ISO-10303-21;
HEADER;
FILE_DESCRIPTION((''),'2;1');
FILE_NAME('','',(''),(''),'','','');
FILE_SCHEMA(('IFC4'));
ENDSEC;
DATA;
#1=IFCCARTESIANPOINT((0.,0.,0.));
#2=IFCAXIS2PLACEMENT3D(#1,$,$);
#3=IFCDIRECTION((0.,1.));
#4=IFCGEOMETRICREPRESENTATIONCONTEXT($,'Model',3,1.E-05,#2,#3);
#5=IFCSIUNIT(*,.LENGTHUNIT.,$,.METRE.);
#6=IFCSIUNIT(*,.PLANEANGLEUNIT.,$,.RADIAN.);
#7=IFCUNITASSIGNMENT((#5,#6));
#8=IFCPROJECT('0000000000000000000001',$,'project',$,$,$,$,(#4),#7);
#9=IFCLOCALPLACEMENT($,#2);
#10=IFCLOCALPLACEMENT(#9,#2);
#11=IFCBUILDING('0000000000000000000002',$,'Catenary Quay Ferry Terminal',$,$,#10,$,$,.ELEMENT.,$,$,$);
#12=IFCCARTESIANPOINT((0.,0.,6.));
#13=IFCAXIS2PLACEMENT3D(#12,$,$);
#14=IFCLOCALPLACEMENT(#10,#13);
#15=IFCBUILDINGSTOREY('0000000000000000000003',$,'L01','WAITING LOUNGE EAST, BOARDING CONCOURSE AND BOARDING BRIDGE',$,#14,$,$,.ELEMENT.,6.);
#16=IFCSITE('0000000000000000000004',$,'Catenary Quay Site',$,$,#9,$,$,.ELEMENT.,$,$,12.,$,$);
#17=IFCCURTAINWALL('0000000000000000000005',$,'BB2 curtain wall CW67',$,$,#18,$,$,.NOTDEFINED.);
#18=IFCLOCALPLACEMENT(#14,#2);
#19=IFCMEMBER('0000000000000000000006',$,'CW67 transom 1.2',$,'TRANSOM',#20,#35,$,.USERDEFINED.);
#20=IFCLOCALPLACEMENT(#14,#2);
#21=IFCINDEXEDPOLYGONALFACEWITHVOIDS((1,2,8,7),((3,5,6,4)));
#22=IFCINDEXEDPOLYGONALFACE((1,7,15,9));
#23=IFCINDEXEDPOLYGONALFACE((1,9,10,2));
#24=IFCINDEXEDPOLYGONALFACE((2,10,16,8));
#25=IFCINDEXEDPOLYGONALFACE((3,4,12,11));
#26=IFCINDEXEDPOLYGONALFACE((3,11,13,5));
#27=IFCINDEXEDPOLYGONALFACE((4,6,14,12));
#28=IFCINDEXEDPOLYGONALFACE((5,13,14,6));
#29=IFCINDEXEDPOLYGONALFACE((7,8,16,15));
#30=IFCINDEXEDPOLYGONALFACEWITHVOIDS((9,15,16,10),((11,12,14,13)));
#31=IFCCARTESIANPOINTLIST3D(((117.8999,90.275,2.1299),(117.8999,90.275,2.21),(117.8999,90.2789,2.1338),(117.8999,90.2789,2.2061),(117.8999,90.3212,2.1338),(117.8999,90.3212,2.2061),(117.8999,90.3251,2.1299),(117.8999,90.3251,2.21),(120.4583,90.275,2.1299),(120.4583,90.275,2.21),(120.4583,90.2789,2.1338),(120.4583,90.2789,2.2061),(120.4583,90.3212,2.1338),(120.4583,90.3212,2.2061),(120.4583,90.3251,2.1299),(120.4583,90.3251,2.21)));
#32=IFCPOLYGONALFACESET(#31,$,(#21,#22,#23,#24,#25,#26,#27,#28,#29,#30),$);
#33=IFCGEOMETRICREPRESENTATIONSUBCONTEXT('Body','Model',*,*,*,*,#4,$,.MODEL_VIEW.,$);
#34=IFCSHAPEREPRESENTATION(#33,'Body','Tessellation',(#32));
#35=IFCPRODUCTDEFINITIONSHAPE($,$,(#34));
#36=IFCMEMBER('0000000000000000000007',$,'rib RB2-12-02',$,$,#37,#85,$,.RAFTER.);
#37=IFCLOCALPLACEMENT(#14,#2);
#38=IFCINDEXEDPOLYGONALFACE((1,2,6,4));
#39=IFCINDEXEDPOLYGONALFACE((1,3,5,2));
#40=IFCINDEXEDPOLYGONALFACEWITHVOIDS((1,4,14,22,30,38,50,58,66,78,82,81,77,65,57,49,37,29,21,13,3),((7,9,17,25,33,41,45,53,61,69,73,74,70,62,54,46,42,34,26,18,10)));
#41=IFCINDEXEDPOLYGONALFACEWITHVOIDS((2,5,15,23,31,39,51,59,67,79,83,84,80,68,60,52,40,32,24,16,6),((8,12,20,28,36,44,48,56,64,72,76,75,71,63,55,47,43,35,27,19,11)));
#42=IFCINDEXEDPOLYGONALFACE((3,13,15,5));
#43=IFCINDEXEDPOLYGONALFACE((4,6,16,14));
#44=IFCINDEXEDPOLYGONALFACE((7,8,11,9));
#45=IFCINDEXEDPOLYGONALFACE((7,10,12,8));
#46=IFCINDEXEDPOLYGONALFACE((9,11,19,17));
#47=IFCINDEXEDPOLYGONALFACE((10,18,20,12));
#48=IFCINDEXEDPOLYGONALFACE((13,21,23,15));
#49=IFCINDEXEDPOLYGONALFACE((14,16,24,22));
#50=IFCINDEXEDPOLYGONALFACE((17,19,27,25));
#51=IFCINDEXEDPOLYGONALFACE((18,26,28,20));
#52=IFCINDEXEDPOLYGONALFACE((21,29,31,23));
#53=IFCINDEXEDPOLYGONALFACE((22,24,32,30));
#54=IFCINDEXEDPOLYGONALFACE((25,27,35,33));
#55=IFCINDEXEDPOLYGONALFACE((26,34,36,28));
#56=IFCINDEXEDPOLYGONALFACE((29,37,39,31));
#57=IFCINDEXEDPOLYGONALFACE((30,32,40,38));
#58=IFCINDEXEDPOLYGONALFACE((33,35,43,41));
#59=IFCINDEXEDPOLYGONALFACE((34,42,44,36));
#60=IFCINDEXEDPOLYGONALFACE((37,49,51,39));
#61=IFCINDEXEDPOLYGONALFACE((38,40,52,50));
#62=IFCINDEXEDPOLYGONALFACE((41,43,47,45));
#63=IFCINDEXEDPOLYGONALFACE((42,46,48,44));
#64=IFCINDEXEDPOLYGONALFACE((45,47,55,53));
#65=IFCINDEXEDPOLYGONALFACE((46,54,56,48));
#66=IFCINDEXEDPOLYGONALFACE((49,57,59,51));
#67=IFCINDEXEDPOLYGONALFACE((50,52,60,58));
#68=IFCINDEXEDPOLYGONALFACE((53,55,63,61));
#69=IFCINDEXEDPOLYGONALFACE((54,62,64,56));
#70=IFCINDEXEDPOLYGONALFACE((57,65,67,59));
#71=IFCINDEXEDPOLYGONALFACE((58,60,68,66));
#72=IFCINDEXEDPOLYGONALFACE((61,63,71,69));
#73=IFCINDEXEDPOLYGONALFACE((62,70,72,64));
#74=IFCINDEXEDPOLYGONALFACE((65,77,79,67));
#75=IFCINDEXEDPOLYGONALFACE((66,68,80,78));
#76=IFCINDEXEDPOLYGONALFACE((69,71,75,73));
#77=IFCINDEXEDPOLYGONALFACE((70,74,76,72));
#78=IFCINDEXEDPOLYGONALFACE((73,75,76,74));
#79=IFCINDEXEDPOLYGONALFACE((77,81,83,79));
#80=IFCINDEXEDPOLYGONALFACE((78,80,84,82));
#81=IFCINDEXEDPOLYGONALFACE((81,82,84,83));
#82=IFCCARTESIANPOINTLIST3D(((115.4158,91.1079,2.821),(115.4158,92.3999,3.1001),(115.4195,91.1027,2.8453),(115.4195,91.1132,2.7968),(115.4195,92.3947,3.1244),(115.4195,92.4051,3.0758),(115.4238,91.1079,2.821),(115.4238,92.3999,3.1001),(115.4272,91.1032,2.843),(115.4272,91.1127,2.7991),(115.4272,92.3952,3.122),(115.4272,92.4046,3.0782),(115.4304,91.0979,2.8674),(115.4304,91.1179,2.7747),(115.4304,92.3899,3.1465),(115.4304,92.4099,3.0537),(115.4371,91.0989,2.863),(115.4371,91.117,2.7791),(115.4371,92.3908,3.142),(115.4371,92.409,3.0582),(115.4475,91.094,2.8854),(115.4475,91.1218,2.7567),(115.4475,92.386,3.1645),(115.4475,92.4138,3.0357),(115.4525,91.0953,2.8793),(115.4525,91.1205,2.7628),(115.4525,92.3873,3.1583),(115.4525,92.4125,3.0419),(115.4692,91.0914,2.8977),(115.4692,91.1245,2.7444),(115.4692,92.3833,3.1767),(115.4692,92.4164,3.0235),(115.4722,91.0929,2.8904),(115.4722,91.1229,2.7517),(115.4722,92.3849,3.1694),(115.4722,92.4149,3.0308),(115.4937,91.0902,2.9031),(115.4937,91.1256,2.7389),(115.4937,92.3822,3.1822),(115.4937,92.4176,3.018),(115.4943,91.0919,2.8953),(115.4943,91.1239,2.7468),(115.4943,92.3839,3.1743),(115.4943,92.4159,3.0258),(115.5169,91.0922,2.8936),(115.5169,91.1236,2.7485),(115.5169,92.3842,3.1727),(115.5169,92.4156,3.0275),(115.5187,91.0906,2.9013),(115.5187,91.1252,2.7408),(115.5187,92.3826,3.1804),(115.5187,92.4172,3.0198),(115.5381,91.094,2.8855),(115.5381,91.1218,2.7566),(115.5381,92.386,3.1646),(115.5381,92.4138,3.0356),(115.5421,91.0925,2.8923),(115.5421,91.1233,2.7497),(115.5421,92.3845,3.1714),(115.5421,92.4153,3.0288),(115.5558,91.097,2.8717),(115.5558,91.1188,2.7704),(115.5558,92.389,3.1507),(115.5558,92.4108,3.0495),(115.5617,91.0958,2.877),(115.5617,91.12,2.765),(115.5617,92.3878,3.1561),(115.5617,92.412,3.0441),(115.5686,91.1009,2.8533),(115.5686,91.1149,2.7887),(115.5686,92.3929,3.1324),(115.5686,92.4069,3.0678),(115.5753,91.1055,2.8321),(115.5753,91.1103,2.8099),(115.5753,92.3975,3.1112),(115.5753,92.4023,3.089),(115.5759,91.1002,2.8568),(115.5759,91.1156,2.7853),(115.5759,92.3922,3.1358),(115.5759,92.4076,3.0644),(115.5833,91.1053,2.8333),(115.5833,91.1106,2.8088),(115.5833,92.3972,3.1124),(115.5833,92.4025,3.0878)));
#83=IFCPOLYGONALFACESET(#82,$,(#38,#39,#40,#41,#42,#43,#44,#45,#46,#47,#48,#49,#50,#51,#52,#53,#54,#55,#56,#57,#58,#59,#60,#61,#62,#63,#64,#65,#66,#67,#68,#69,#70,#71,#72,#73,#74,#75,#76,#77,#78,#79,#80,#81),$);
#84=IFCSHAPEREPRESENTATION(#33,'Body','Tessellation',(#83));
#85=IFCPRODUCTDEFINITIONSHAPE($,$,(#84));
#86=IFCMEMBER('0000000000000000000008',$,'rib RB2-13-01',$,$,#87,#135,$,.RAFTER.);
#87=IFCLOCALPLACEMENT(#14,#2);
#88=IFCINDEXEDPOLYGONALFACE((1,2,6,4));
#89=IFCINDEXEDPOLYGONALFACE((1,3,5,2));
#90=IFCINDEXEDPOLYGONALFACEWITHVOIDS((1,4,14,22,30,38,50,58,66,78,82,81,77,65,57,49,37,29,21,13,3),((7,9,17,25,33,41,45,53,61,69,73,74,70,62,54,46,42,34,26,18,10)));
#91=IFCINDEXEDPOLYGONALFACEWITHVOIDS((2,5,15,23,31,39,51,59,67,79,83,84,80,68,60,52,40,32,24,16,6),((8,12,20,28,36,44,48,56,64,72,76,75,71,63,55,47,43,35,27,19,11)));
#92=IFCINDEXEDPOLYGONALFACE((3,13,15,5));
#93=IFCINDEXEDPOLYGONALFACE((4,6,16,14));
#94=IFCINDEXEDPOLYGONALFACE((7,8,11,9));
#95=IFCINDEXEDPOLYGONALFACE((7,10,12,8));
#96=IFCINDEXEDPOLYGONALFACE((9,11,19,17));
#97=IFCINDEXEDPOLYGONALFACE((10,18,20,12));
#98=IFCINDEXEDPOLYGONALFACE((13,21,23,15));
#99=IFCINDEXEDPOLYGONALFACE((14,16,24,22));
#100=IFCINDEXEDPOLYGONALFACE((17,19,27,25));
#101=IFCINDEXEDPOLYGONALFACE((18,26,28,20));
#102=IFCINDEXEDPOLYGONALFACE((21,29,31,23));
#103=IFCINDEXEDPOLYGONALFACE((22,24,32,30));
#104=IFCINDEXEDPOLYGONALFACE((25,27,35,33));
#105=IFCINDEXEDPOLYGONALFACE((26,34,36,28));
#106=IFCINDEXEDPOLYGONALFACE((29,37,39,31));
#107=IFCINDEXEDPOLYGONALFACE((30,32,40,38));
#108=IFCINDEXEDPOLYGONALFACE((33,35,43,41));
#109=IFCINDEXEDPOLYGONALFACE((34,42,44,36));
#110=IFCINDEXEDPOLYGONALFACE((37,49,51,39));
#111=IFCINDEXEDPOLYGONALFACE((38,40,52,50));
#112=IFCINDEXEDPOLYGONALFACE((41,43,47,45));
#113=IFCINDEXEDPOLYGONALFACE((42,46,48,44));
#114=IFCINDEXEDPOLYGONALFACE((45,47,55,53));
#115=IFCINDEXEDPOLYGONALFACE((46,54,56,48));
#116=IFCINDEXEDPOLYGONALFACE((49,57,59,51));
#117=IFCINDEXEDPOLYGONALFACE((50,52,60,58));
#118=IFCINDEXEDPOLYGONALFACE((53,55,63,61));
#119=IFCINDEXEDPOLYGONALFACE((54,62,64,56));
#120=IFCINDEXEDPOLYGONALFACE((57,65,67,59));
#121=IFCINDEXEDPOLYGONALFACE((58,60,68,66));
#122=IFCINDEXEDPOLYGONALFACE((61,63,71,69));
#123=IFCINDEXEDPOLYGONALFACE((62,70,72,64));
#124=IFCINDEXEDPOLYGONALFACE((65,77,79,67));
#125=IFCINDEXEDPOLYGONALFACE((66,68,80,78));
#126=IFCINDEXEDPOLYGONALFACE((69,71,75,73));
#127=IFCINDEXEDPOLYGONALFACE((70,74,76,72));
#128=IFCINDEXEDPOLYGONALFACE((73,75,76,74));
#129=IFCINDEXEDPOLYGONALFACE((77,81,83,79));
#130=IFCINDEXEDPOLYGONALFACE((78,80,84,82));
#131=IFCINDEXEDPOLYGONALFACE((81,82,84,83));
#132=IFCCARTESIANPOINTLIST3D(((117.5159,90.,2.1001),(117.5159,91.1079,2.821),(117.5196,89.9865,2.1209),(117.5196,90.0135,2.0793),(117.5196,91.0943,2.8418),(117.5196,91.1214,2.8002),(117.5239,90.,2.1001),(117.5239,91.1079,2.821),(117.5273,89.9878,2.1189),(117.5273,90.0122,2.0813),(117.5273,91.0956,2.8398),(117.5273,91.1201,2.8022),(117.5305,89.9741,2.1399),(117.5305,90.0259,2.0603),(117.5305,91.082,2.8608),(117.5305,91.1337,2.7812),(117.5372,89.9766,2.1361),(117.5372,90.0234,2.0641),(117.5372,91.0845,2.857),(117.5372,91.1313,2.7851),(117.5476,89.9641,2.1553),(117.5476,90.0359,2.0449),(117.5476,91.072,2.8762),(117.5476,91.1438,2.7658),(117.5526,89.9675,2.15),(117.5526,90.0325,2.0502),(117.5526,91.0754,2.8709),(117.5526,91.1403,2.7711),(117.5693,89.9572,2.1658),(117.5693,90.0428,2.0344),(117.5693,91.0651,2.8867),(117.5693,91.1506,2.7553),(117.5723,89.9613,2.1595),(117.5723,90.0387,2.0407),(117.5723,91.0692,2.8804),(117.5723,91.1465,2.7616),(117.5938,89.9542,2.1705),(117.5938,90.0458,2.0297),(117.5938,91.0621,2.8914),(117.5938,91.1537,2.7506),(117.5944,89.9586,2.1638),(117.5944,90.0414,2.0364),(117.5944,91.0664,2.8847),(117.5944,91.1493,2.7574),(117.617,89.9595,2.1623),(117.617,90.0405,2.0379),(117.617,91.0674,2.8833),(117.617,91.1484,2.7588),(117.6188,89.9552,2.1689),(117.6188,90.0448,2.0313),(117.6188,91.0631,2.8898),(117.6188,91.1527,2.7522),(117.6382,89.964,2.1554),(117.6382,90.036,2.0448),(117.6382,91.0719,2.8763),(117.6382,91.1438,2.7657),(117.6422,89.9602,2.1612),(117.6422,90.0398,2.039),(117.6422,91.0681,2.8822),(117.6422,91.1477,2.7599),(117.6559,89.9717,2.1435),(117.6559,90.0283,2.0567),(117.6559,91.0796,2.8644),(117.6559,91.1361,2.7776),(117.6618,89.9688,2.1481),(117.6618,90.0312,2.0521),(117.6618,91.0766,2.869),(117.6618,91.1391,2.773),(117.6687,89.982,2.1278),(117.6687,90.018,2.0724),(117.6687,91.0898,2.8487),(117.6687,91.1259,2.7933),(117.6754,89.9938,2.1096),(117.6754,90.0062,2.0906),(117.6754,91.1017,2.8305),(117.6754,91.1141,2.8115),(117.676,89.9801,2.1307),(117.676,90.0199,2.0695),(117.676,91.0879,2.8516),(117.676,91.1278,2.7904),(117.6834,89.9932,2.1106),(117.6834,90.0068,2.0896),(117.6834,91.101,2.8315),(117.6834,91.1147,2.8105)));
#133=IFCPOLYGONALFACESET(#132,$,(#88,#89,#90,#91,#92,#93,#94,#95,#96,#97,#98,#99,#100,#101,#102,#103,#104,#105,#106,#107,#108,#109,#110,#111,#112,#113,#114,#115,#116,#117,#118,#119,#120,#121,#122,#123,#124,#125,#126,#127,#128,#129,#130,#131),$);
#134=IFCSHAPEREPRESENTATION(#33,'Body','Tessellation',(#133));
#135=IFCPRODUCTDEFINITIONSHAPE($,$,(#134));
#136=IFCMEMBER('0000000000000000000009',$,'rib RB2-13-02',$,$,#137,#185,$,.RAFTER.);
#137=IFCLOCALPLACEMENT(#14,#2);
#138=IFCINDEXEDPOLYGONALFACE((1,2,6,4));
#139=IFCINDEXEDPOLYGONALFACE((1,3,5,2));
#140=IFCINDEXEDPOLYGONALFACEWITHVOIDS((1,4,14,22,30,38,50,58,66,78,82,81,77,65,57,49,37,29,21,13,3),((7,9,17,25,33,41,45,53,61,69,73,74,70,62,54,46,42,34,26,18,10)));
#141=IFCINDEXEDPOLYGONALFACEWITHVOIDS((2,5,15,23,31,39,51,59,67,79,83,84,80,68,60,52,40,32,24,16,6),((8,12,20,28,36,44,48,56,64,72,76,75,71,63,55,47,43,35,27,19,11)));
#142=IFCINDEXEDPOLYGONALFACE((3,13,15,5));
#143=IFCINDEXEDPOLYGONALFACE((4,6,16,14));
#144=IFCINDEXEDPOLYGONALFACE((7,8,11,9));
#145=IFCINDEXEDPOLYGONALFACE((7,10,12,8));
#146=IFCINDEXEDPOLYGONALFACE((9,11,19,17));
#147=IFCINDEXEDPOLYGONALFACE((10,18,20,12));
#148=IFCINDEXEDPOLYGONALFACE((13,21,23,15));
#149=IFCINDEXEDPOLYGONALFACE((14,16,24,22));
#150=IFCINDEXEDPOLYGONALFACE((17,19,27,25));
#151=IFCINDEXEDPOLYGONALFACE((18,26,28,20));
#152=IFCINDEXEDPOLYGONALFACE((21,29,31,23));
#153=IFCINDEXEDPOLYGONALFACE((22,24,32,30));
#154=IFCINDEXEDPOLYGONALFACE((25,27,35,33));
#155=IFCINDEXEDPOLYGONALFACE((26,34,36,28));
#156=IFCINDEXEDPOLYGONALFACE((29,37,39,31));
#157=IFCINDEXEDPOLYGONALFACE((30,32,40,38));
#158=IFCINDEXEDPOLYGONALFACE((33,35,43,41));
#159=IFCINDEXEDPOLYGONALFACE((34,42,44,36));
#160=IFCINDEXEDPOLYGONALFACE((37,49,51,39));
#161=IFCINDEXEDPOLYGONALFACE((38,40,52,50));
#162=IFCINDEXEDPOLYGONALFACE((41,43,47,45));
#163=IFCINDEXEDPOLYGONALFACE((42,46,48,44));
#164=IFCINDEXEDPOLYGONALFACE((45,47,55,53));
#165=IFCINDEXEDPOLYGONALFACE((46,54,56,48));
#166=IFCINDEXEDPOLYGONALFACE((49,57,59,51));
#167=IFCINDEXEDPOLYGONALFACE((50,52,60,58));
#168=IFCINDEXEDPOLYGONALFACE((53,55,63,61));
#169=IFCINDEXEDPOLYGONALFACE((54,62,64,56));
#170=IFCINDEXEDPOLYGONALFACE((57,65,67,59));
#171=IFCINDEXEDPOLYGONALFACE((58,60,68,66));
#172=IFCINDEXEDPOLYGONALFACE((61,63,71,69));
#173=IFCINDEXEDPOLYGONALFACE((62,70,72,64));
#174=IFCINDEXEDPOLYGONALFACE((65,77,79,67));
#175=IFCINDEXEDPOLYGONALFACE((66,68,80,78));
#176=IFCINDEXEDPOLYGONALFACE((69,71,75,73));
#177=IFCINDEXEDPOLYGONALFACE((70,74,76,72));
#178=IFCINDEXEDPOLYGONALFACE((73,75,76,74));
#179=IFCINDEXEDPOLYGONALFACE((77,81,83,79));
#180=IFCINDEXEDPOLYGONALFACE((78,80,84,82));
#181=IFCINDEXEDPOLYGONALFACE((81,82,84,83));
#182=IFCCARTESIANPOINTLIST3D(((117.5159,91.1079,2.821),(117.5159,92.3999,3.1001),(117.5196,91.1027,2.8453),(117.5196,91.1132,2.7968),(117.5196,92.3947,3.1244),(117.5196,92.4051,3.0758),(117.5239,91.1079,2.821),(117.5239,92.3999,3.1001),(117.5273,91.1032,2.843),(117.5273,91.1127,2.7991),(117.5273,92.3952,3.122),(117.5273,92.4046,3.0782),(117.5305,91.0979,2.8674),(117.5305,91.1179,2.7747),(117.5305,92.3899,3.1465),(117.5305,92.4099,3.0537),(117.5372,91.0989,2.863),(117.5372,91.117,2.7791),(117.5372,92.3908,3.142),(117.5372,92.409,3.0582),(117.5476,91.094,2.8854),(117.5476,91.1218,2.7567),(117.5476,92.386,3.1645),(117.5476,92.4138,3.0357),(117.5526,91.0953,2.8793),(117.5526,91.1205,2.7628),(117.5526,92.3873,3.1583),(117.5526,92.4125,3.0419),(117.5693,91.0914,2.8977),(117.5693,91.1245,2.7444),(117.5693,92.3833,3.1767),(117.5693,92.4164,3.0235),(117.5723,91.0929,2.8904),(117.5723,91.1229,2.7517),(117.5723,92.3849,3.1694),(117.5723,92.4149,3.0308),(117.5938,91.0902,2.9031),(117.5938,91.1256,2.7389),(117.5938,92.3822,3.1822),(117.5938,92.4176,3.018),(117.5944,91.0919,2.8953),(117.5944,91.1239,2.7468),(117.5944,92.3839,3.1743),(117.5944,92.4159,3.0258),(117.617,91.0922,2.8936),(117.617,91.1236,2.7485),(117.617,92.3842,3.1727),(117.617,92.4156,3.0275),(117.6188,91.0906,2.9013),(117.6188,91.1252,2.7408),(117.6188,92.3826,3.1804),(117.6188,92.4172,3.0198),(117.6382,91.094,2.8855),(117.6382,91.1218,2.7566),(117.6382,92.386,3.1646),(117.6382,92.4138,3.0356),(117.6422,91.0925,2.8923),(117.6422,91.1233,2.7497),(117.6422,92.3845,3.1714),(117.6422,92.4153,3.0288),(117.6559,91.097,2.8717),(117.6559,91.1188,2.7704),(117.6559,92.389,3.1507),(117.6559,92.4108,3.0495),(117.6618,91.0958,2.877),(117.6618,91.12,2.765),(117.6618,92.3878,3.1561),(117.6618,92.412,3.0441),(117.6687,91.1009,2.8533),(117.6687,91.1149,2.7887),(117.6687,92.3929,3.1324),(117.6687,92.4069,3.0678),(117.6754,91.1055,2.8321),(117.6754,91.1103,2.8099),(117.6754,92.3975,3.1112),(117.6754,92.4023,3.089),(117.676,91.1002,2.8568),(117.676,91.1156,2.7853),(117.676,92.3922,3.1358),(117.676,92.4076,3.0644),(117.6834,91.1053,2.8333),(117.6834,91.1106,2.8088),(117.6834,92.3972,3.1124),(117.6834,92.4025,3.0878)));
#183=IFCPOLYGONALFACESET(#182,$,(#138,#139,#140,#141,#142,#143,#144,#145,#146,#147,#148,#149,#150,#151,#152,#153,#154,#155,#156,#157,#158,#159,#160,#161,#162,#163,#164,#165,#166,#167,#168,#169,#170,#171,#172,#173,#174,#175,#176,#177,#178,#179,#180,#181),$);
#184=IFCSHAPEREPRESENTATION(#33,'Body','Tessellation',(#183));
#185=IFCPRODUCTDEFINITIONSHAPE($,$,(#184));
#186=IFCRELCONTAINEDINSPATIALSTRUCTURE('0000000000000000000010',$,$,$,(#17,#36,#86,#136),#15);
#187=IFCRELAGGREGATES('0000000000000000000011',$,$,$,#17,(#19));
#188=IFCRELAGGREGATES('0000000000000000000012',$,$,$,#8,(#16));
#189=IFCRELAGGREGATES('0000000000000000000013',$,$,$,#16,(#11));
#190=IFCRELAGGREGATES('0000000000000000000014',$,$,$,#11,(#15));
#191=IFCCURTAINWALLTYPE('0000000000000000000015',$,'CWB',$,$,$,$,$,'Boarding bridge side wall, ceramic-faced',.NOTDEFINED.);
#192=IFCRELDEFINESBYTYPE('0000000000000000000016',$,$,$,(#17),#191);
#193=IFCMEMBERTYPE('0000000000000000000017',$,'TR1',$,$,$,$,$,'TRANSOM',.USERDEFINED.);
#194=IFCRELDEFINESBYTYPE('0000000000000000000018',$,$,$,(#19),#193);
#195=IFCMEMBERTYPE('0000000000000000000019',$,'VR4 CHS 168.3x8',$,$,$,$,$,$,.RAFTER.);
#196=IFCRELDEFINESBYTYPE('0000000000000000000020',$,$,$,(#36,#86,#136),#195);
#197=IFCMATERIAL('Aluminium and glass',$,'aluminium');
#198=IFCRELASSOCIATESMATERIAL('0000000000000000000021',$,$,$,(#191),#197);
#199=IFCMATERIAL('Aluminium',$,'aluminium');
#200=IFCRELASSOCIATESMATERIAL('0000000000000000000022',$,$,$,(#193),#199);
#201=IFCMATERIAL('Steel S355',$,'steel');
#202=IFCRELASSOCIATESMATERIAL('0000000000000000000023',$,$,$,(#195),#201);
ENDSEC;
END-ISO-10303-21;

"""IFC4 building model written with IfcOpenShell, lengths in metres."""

from ifc_helpers import new_model, si_unit, direction, frame, origin, origin_2d, place, context, subcontext, project, spatial, hollow_rectangle, hollow_circle, extrude, material, material_profile, profile_set, type_object, element, aggregate, save


model = new_model("IFC4")

# Units and contexts
model_context = context("Model", 3, precision=1e-05, world=origin(), true_north=direction((0.0, 1.0)))
body_context = subcontext(model_context, "Body", "Model", "MODEL_VIEW")
ifc_project = project(units=[si_unit("LENGTHUNIT", "METRE"), si_unit("PLANEANGLEUNIT", "RADIAN")], contexts=[model_context])

# Site, building, storey
site_placement = place(None, origin())
site = spatial("IfcSite", under=ifc_project, at=site_placement, Name="Catenary Quay Site", CompositionType="ELEMENT", RefElevation=12.0)
building_placement = place(site_placement, origin())
building = spatial("IfcBuilding", under=site, at=building_placement, Name="Catenary Quay Ferry Terminal", CompositionType="ELEMENT")
storey_placement = place(building_placement, frame((0.0, 0.0, 6.0)))
storey = spatial("IfcBuildingStorey", under=building, at=storey_placement, Name="L01", Description="WAITING LOUNGE EAST, BOARDING CONCOURSE AND BOARDING BRIDGE", CompositionType="ELEMENT", Elevation=6.0)

# Curtain wall
ifc_material_1 = material(Name="Aluminium and glass", Category="aluminium")
curtain_wall_type = type_object("IfcCurtainWallType", Name="CWB", ElementType="Boarding bridge side wall, ceramic-faced", PredefinedType="NOTDEFINED", material=ifc_material_1)
curtain_wall_1_placement = place(storey_placement, origin())
curtain_wall_1 = element("IfcCurtainWall", 1, at=curtain_wall_1_placement, inside=storey, type_object=curtain_wall_type, Name="BB2 curtain wall CW67", PredefinedType="NOTDEFINED")

# Member
ifc_material_2 = material(Name="Aluminium", Category="aluminium")
ifc_material_profile_1 = material_profile(ifc_material_2, hollow_rectangle(XDim=0.05, YDim=0.0801, WallThickness=0.0039, at=origin_2d()), Name="TR1")
ifc_profile_set_1 = profile_set([ifc_material_profile_1], Name="Aluminium")
member_type_1 = type_object("IfcMemberType", Name="TR1", ElementType="TRANSOM", PredefinedType="USERDEFINED", material=ifc_profile_set_1)
member_1_placement = place(storey_placement, frame((117.8999, 90.3, 2.1699), z_axis=(1.0, 0.0, 0.0), x_axis=(0.0, 1.0, 0.0)))
member_1 = element("IfcMember", 2, at=member_1_placement, type_object=member_type_1, Name="CW67 transom 1.2", ObjectType="TRANSOM", PredefinedType="USERDEFINED", context=body_context, shape_type="SweptSolid", body=[
    extrude(hollow_rectangle(XDim=0.05, YDim=0.0801, WallThickness=0.0039, at=origin_2d()), origin(), (0.0, 0.0, 1.0), 2.5583),
])

# Members
ifc_material_3 = material(Name="Steel S355", Category="steel")
ifc_material_profile_2 = material_profile(ifc_material_3, hollow_circle(Radius=0.0842, WallThickness=0.0081, at=origin_2d()), Name="CHS 168.3x8")
ifc_profile_set_2 = profile_set([ifc_material_profile_2], Name="Steel S355")
member_type_2 = type_object("IfcMemberType", Name="VR4 CHS 168.3x8", PredefinedType="RAFTER", material=ifc_profile_set_2)
for number, where, z_axis, x_axis, name in (
    (3, (115.5, 91.1079, 2.821), (0.0, 0.977461, 0.211118), (-1.0, 0.0, 0.0), "rib RB2-12-02"),
    (4, (117.6001, 90.0, 2.1001), (0.0, 0.838165, 0.545417), (-1.0, 0.0, 0.0), "rib RB2-13-01"),
    (5, (117.6001, 91.1079, 2.821), (0.0, 0.977461, 0.211118), (-1.0, 0.0, 0.0), "rib RB2-13-02"),
):
    element("IfcMember", number, at=place(storey_placement, frame(where, z_axis=z_axis, x_axis=x_axis)), inside=storey, type_object=member_type_2, Name=name, PredefinedType="RAFTER", context=body_context, shape_type="SweptSolid", body=[
        extrude(hollow_circle(Radius=0.0842, WallThickness=0.0081, at=origin_2d()), origin(), (0.0, 0.0, 1.0), 1.3218),
    ])

aggregate(curtain_wall_1, [member_1])

save(model, "model.ifc")
